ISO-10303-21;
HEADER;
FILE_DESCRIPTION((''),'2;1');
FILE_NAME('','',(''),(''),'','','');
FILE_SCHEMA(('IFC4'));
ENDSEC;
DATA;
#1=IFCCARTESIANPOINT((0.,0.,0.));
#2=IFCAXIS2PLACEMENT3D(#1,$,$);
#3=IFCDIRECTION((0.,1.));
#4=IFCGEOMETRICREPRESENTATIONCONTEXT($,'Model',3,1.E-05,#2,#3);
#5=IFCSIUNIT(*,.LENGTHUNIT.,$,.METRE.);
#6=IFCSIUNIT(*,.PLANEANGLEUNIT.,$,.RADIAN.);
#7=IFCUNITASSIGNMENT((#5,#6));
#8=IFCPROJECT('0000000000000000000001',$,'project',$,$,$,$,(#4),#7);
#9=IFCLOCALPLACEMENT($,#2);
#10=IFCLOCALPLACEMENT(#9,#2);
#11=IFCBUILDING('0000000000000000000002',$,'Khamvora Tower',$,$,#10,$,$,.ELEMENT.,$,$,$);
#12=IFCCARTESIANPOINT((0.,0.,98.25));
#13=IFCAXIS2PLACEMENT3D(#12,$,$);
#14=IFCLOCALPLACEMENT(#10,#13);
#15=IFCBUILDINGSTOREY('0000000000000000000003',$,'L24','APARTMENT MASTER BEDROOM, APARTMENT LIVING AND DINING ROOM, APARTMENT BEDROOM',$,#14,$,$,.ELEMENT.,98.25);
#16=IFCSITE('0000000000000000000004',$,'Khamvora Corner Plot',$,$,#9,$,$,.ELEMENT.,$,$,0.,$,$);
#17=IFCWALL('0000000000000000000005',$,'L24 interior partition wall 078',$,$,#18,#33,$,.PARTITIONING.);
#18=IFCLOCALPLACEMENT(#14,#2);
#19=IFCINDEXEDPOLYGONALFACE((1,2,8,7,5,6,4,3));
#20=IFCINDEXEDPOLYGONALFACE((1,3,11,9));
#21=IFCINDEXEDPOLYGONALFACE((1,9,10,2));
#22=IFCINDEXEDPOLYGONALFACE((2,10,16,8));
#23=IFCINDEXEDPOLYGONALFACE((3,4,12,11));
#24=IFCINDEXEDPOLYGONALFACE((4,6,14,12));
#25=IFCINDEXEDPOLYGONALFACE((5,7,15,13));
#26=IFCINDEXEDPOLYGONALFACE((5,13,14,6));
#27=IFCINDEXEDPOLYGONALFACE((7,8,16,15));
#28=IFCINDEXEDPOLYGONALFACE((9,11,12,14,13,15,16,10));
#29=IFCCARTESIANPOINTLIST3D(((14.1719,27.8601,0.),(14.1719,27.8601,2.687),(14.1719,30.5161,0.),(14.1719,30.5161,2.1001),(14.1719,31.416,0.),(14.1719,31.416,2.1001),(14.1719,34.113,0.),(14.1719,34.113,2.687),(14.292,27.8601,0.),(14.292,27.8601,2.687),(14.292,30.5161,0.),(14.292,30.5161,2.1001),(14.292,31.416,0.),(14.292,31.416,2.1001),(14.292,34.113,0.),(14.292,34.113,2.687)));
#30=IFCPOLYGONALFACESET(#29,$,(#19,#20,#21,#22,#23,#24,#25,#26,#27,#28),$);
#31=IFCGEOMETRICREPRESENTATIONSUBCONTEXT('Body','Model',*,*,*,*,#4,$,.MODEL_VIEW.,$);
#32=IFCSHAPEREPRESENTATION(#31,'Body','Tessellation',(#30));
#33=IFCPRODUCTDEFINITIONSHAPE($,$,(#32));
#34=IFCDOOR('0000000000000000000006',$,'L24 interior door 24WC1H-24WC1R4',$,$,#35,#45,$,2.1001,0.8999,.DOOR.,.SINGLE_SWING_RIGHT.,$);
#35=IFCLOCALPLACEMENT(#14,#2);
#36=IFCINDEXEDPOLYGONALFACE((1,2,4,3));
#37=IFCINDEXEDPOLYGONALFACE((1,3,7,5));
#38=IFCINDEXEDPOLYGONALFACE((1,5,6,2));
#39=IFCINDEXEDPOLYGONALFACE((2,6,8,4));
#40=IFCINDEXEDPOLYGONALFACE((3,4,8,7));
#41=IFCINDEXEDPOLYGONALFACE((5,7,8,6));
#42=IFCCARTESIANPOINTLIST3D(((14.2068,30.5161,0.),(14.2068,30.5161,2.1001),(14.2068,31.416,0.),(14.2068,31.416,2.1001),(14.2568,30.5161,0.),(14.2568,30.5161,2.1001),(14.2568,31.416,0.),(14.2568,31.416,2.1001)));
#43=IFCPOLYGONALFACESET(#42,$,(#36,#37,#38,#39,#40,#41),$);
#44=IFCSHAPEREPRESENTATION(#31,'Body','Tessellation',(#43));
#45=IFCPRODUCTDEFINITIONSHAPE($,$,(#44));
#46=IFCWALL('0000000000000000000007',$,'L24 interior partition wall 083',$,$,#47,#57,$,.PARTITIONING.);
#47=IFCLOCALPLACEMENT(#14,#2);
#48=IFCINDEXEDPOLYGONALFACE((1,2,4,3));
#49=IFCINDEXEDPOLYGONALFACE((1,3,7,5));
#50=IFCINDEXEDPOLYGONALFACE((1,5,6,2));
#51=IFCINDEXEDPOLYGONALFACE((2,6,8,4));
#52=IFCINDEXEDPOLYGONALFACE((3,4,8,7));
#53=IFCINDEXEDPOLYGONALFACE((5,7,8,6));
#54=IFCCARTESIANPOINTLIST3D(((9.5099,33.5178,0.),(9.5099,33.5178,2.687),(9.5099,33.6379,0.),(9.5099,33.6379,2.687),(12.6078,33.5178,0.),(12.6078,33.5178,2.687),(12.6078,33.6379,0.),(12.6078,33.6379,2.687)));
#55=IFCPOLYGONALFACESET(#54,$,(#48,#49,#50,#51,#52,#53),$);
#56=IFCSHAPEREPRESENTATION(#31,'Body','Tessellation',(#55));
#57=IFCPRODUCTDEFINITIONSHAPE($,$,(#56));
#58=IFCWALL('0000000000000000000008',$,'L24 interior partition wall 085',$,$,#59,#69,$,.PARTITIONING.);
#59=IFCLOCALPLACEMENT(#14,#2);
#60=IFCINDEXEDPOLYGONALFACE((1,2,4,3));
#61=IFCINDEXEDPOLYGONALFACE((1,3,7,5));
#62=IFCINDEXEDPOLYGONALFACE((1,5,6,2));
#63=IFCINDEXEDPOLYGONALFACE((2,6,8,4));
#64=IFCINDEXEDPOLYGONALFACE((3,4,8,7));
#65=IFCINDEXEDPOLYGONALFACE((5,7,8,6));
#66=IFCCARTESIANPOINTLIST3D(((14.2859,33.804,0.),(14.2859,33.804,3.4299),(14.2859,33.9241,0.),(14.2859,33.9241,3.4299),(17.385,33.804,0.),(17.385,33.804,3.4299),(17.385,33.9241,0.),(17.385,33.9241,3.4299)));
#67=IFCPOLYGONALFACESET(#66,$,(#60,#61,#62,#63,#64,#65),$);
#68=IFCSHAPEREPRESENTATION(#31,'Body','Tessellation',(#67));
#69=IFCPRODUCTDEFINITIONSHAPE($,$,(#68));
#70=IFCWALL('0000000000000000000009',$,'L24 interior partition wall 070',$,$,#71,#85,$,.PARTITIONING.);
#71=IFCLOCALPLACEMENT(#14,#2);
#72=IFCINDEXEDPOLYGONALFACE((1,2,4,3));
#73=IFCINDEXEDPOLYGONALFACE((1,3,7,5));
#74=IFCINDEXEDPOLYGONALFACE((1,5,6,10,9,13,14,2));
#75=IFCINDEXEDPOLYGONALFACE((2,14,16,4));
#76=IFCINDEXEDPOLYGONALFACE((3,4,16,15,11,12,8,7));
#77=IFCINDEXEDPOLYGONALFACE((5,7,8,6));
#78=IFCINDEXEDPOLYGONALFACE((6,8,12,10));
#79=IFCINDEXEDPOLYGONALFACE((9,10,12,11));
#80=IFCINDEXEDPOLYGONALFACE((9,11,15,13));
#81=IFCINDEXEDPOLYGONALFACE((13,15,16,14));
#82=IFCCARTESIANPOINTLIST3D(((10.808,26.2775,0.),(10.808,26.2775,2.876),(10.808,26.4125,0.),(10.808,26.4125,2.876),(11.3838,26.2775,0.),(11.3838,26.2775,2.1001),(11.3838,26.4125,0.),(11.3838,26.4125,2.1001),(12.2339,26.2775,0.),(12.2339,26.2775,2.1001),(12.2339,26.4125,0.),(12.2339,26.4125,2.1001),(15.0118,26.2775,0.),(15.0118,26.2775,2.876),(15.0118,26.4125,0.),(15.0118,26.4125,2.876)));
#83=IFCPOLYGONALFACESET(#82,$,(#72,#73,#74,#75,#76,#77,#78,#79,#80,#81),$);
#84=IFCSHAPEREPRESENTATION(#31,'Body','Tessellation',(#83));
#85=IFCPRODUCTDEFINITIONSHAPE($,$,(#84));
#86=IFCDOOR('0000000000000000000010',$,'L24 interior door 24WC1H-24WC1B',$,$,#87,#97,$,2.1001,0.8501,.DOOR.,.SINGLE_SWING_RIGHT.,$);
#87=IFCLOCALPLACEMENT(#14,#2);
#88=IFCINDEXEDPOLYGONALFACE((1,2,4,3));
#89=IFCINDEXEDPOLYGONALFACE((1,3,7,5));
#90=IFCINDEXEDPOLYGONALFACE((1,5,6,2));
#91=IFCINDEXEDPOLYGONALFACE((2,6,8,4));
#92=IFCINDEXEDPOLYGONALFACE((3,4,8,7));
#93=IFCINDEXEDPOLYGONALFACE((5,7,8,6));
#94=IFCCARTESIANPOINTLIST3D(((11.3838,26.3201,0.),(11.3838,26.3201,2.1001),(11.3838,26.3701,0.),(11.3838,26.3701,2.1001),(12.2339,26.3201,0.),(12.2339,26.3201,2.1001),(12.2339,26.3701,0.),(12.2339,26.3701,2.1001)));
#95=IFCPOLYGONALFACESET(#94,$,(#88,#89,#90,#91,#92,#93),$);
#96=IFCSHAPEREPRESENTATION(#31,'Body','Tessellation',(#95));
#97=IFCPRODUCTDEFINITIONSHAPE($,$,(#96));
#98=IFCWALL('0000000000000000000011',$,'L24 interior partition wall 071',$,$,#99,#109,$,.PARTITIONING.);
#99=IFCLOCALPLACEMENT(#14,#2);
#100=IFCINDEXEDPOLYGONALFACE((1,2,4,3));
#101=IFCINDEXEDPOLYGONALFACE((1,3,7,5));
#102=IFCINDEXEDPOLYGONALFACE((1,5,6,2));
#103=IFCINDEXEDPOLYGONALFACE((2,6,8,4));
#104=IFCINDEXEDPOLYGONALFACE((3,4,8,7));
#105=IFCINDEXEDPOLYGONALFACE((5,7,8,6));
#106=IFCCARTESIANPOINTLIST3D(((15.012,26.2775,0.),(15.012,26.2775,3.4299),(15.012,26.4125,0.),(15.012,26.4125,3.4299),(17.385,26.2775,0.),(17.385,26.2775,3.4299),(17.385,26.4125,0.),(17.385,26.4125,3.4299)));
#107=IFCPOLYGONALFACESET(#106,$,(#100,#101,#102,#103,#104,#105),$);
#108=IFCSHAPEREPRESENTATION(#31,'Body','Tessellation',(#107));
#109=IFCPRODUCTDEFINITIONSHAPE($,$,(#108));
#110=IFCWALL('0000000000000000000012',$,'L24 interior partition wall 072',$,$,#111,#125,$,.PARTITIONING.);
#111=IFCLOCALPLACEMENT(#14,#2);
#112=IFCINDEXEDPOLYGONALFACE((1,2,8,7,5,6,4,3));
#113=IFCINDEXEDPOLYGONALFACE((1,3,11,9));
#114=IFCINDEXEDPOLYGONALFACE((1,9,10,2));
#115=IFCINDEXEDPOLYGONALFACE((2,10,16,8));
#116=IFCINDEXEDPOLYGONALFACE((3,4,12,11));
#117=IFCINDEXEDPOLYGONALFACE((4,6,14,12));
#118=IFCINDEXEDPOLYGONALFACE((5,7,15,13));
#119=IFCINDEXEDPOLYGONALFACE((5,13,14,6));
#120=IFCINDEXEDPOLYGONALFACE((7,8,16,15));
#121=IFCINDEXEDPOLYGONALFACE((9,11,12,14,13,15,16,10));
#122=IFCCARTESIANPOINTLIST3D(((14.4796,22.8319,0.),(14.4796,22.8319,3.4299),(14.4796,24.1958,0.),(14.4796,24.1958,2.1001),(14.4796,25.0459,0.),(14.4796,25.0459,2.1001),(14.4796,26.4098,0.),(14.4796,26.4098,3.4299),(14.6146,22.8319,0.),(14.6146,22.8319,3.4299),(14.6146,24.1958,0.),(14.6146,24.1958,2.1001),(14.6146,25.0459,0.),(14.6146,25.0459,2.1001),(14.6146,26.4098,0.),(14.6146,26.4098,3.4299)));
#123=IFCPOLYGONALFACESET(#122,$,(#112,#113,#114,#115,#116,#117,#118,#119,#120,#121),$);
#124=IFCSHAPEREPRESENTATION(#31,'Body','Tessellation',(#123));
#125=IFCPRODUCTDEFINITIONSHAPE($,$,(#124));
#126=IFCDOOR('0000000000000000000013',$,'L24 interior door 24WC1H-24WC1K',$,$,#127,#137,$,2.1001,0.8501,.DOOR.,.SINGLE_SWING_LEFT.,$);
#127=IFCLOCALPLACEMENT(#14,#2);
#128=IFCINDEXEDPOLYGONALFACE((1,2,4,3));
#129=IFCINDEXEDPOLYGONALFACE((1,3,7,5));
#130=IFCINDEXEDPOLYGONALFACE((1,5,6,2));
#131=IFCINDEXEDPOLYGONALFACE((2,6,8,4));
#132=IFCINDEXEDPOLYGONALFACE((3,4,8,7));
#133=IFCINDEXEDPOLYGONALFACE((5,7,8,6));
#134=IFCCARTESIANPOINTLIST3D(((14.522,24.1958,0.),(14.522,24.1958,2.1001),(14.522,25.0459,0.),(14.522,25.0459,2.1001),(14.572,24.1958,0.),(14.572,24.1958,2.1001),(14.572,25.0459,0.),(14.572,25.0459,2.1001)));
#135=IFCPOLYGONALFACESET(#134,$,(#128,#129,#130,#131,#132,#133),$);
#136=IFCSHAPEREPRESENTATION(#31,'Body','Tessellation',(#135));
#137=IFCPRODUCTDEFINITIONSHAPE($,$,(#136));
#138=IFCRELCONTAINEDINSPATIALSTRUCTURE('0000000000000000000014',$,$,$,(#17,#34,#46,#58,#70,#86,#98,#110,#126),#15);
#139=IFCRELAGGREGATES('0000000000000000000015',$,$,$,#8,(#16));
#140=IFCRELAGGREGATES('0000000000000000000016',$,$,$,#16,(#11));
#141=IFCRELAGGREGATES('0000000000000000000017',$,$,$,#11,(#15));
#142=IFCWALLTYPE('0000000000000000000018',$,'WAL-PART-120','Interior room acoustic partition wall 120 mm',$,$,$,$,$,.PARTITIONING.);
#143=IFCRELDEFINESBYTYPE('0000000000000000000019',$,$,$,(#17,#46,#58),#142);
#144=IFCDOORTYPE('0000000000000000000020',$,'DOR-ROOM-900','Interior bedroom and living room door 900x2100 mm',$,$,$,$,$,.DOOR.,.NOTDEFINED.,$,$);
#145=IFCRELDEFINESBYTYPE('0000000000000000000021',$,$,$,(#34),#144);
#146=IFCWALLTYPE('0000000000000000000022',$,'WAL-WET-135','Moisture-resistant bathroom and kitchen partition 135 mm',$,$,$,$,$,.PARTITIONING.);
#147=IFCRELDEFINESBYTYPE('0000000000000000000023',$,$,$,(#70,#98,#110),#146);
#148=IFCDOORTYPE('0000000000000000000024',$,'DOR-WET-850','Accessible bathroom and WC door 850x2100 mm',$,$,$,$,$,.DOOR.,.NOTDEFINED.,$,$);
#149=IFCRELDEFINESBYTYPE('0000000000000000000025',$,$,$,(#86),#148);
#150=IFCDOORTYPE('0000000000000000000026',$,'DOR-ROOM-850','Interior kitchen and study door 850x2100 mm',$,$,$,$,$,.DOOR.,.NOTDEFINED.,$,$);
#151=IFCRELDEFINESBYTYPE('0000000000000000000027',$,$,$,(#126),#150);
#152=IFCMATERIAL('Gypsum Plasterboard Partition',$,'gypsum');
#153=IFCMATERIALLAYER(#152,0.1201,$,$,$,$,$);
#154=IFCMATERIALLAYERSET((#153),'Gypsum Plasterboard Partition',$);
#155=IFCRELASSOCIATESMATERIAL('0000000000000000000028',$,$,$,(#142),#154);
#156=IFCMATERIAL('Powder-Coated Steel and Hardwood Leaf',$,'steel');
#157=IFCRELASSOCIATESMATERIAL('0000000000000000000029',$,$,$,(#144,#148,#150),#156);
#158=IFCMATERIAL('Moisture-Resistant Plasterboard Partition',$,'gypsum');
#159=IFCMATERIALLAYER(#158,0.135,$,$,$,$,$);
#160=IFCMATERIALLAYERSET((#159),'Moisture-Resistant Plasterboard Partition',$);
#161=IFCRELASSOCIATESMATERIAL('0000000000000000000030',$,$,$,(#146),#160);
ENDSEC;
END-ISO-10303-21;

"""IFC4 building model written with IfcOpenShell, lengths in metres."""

from ifc_helpers import new_model, si_unit, direction, frame, frame_2d, origin, place, context, subcontext, project, spatial, rectangle, extrude, material, layer, layer_set, type_object, element, fill, save


model = new_model("IFC4")

# Units and contexts
model_context = context("Model", 3, precision=1e-05, world=origin(), true_north=direction((0.0, 1.0)))
body_context = subcontext(model_context, "Body", "Model", "MODEL_VIEW")
ifc_project = project(units=[si_unit("LENGTHUNIT", "METRE"), si_unit("PLANEANGLEUNIT", "RADIAN")], contexts=[model_context])

# Site, building, storey
site_placement = place(None, origin())
site = spatial("IfcSite", under=ifc_project, at=site_placement, Name="Khamvora Corner Plot", CompositionType="ELEMENT", RefElevation=0.0)
building_placement = place(site_placement, origin())
building = spatial("IfcBuilding", under=site, at=building_placement, Name="Khamvora Tower", CompositionType="ELEMENT")
storey_placement = place(building_placement, frame((0.0, 0.0, 98.25)))
storey = spatial("IfcBuildingStorey", under=building, at=storey_placement, Name="L24", Description="APARTMENT MASTER BEDROOM, APARTMENT LIVING AND DINING ROOM, APARTMENT BEDROOM", CompositionType="ELEMENT", Elevation=98.25)

# Shared definitions
ifc_material_1 = material(Name="Gypsum Plasterboard Partition", Category="gypsum")
ifc_layer_1 = layer(ifc_material_1, 0.1201)
ifc_layer_set_1 = layer_set([ifc_layer_1], Name="Gypsum Plasterboard Partition")
wall_type_1 = type_object("IfcWallType", Name="WAL-PART-120", Description="Interior room acoustic partition wall 120 mm", PredefinedType="PARTITIONING", material=ifc_layer_set_1)

# Shared definitions
ifc_material_2 = material(Name="Powder-Coated Steel and Hardwood Leaf", Category="steel")
door_type_1 = type_object("IfcDoorType", Name="DOR-ROOM-900", Description="Interior bedroom and living room door 900x2100 mm", OperationType="NOTDEFINED", PredefinedType="DOOR", material=ifc_material_2)

# Wall, opening, door
wall_1_placement = place(storey_placement, frame((14.2319, 34.113, 0.0), z_axis=(0.0, 0.0, 1.0), x_axis=(0.0, -1.0, 0.0)))
wall_1 = element("IfcWall", 1, at=wall_1_placement, inside=storey, type_object=wall_type_1, Name="L24 interior partition wall 078", PredefinedType="PARTITIONING", context=body_context, shape_type="SweptSolid", body=[
    extrude(rectangle(XDim=6.2529, YDim=0.1201, at=frame_2d((3.1265, 0.0))), origin(), (0.0, 0.0, 1.0), 2.687),
])
opening_1_placement = place(wall_1_placement, frame((2.697, 0.0, 0.0)))
opening_1 = element("IfcOpeningElement", 2, at=opening_1_placement, cuts=wall_1, PredefinedType="OPENING", context=body_context, shape_type="SweptSolid", body=[
    extrude(rectangle(XDim=0.8999, YDim=2.1001, at=frame_2d((0.45, 1.05))), frame((0.0, 0.0701, 0.0), z_axis=(0.0, -1.0, 0.0), x_axis=(1.0, 0.0, 0.0)), (0.0, 0.0, 1.0), 0.1401),
])
door_1_placement = place(opening_1_placement, origin())
door_1 = element("IfcDoor", 3, at=door_1_placement, inside=storey, type_object=door_type_1, Name="L24 interior door 24WC1H-24WC1R4", OperationType="SINGLE_SWING_RIGHT", OverallHeight=2.1001, OverallWidth=0.8999, PredefinedType="DOOR", context=body_context, shape_type="SweptSolid", body=[
    extrude(rectangle(XDim=0.8999, YDim=2.1001, at=frame_2d((0.45, 1.05))), frame((0.0, 0.0249, 0.0), z_axis=(0.0, -1.0, 0.0), x_axis=(1.0, 0.0, 0.0)), (0.0, 0.0, 1.0), 0.05),
])
fill(opening_1, door_1)

# Walls
wall_2_placement = place(storey_placement, frame((9.51, 33.5779, 0.0), z_axis=(0.0, 0.0, 1.0), x_axis=(1.0, 0.0, 0.0)))
element("IfcWall", 4, at=wall_2_placement, inside=storey, type_object=wall_type_1, Name="L24 interior partition wall 083", PredefinedType="PARTITIONING", context=body_context, shape_type="SweptSolid", body=[
    extrude(rectangle(XDim=3.0979, YDim=0.1201, at=frame_2d((1.5488, 0.0))), origin(), (0.0, 0.0, 1.0), 2.687),
])
wall_3_placement = place(storey_placement, frame((14.2859, 33.864, 0.0), z_axis=(0.0, 0.0, 1.0), x_axis=(1.0, 0.0, 0.0)))
element("IfcWall", 5, at=wall_3_placement, inside=storey, type_object=wall_type_1, Name="L24 interior partition wall 085", PredefinedType="PARTITIONING", context=body_context, shape_type="SweptSolid", body=[
    extrude(rectangle(XDim=3.0991, YDim=0.1201, at=frame_2d((1.5496, 0.0))), origin(), (0.0, 0.0, 1.0), 3.4299),
])

# Wall, opening, door
ifc_material_3 = material(Name="Moisture-Resistant Plasterboard Partition", Category="gypsum")
ifc_layer_2 = layer(ifc_material_3, 0.135)
ifc_layer_set_2 = layer_set([ifc_layer_2], Name="Moisture-Resistant Plasterboard Partition")
wall_type_2 = type_object("IfcWallType", Name="WAL-WET-135", Description="Moisture-resistant bathroom and kitchen partition 135 mm", PredefinedType="PARTITIONING", material=ifc_layer_set_2)
wall_4_placement = place(storey_placement, frame((15.012, 26.345, 0.0), z_axis=(0.0, 0.0, 1.0), x_axis=(-1.0, 0.0, 0.0)))
wall_4 = element("IfcWall", 6, at=wall_4_placement, inside=storey, type_object=wall_type_2, Name="L24 interior partition wall 070", PredefinedType="PARTITIONING", context=body_context, shape_type="SweptSolid", body=[
    extrude(rectangle(XDim=4.2039, YDim=0.135, at=frame_2d((2.1021, 0.0))), origin(), (0.0, 0.0, 1.0), 2.876),
])
opening_2_placement = place(wall_4_placement, frame((2.7781, 0.0, 0.0)))
opening_2 = element("IfcOpeningElement", 7, at=opening_2_placement, cuts=wall_4, PredefinedType="OPENING", context=body_context, shape_type="SweptSolid", body=[
    extrude(rectangle(XDim=0.8501, YDim=2.1001, at=frame_2d((0.425, 1.05))), frame((0.0, 0.0774, 0.0), z_axis=(0.0, -1.0, 0.0), x_axis=(1.0, 0.0, 0.0)), (0.0, 0.0, 1.0), 0.155),
])
door_type_2 = type_object("IfcDoorType", Name="DOR-WET-850", Description="Accessible bathroom and WC door 850x2100 mm", OperationType="NOTDEFINED", PredefinedType="DOOR", material=ifc_material_2)
door_2_placement = place(opening_2_placement, origin())
door_2 = element("IfcDoor", 8, at=door_2_placement, inside=storey, type_object=door_type_2, Name="L24 interior door 24WC1H-24WC1B", OperationType="SINGLE_SWING_RIGHT", OverallHeight=2.1001, OverallWidth=0.8501, PredefinedType="DOOR", context=body_context, shape_type="SweptSolid", body=[
    extrude(rectangle(XDim=0.8501, YDim=2.1001, at=frame_2d((0.425, 1.05))), frame((0.0, 0.0249, 0.0), z_axis=(0.0, -1.0, 0.0), x_axis=(1.0, 0.0, 0.0)), (0.0, 0.0, 1.0), 0.05),
])
fill(opening_2, door_2)

# Wall
wall_5_placement = place(storey_placement, frame((17.385, 26.345, 0.0), z_axis=(0.0, 0.0, 1.0), x_axis=(-1.0, 0.0, 0.0)))
element("IfcWall", 9, at=wall_5_placement, inside=storey, type_object=wall_type_2, Name="L24 interior partition wall 071", PredefinedType="PARTITIONING", context=body_context, shape_type="SweptSolid", body=[
    extrude(rectangle(XDim=2.373, YDim=0.135, at=frame_2d((1.1865, 0.0))), origin(), (0.0, 0.0, 1.0), 3.4299),
])

# Wall, opening, door
wall_6_placement = place(storey_placement, frame((14.5471, 26.4099, 0.0), z_axis=(0.0, 0.0, 1.0), x_axis=(0.0, -1.0, 0.0)))
wall_6 = element("IfcWall", 10, at=wall_6_placement, inside=storey, type_object=wall_type_2, Name="L24 interior partition wall 072", PredefinedType="PARTITIONING", context=body_context, shape_type="SweptSolid", body=[
    extrude(rectangle(XDim=3.5779, YDim=0.135, at=frame_2d((1.7891, 0.0))), origin(), (0.0, 0.0, 1.0), 3.4299),
])
opening_3_placement = place(wall_6_placement, frame((1.364, 0.0, 0.0)))
opening_3 = element("IfcOpeningElement", 11, at=opening_3_placement, cuts=wall_6, PredefinedType="OPENING", context=body_context, shape_type="SweptSolid", body=[
    extrude(rectangle(XDim=0.8501, YDim=2.1001, at=frame_2d((0.425, 1.05))), frame((0.0, 0.0774, 0.0), z_axis=(0.0, -1.0, 0.0), x_axis=(1.0, 0.0, 0.0)), (0.0, 0.0, 1.0), 0.155),
])
door_type_3 = type_object("IfcDoorType", Name="DOR-ROOM-850", Description="Interior kitchen and study door 850x2100 mm", OperationType="NOTDEFINED", PredefinedType="DOOR", material=ifc_material_2)
door_3_placement = place(opening_3_placement, origin())
door_3 = element("IfcDoor", 12, at=door_3_placement, inside=storey, type_object=door_type_3, Name="L24 interior door 24WC1H-24WC1K", OperationType="SINGLE_SWING_LEFT", OverallHeight=2.1001, OverallWidth=0.8501, PredefinedType="DOOR", context=body_context, shape_type="SweptSolid", body=[
    extrude(rectangle(XDim=0.8501, YDim=2.1001, at=frame_2d((0.425, 1.05))), frame((0.0, 0.0249, 0.0), z_axis=(0.0, -1.0, 0.0), x_axis=(1.0, 0.0, 0.0)), (0.0, 0.0, 1.0), 0.05),
])
fill(opening_3, door_3)

save(model, "model.ifc")
